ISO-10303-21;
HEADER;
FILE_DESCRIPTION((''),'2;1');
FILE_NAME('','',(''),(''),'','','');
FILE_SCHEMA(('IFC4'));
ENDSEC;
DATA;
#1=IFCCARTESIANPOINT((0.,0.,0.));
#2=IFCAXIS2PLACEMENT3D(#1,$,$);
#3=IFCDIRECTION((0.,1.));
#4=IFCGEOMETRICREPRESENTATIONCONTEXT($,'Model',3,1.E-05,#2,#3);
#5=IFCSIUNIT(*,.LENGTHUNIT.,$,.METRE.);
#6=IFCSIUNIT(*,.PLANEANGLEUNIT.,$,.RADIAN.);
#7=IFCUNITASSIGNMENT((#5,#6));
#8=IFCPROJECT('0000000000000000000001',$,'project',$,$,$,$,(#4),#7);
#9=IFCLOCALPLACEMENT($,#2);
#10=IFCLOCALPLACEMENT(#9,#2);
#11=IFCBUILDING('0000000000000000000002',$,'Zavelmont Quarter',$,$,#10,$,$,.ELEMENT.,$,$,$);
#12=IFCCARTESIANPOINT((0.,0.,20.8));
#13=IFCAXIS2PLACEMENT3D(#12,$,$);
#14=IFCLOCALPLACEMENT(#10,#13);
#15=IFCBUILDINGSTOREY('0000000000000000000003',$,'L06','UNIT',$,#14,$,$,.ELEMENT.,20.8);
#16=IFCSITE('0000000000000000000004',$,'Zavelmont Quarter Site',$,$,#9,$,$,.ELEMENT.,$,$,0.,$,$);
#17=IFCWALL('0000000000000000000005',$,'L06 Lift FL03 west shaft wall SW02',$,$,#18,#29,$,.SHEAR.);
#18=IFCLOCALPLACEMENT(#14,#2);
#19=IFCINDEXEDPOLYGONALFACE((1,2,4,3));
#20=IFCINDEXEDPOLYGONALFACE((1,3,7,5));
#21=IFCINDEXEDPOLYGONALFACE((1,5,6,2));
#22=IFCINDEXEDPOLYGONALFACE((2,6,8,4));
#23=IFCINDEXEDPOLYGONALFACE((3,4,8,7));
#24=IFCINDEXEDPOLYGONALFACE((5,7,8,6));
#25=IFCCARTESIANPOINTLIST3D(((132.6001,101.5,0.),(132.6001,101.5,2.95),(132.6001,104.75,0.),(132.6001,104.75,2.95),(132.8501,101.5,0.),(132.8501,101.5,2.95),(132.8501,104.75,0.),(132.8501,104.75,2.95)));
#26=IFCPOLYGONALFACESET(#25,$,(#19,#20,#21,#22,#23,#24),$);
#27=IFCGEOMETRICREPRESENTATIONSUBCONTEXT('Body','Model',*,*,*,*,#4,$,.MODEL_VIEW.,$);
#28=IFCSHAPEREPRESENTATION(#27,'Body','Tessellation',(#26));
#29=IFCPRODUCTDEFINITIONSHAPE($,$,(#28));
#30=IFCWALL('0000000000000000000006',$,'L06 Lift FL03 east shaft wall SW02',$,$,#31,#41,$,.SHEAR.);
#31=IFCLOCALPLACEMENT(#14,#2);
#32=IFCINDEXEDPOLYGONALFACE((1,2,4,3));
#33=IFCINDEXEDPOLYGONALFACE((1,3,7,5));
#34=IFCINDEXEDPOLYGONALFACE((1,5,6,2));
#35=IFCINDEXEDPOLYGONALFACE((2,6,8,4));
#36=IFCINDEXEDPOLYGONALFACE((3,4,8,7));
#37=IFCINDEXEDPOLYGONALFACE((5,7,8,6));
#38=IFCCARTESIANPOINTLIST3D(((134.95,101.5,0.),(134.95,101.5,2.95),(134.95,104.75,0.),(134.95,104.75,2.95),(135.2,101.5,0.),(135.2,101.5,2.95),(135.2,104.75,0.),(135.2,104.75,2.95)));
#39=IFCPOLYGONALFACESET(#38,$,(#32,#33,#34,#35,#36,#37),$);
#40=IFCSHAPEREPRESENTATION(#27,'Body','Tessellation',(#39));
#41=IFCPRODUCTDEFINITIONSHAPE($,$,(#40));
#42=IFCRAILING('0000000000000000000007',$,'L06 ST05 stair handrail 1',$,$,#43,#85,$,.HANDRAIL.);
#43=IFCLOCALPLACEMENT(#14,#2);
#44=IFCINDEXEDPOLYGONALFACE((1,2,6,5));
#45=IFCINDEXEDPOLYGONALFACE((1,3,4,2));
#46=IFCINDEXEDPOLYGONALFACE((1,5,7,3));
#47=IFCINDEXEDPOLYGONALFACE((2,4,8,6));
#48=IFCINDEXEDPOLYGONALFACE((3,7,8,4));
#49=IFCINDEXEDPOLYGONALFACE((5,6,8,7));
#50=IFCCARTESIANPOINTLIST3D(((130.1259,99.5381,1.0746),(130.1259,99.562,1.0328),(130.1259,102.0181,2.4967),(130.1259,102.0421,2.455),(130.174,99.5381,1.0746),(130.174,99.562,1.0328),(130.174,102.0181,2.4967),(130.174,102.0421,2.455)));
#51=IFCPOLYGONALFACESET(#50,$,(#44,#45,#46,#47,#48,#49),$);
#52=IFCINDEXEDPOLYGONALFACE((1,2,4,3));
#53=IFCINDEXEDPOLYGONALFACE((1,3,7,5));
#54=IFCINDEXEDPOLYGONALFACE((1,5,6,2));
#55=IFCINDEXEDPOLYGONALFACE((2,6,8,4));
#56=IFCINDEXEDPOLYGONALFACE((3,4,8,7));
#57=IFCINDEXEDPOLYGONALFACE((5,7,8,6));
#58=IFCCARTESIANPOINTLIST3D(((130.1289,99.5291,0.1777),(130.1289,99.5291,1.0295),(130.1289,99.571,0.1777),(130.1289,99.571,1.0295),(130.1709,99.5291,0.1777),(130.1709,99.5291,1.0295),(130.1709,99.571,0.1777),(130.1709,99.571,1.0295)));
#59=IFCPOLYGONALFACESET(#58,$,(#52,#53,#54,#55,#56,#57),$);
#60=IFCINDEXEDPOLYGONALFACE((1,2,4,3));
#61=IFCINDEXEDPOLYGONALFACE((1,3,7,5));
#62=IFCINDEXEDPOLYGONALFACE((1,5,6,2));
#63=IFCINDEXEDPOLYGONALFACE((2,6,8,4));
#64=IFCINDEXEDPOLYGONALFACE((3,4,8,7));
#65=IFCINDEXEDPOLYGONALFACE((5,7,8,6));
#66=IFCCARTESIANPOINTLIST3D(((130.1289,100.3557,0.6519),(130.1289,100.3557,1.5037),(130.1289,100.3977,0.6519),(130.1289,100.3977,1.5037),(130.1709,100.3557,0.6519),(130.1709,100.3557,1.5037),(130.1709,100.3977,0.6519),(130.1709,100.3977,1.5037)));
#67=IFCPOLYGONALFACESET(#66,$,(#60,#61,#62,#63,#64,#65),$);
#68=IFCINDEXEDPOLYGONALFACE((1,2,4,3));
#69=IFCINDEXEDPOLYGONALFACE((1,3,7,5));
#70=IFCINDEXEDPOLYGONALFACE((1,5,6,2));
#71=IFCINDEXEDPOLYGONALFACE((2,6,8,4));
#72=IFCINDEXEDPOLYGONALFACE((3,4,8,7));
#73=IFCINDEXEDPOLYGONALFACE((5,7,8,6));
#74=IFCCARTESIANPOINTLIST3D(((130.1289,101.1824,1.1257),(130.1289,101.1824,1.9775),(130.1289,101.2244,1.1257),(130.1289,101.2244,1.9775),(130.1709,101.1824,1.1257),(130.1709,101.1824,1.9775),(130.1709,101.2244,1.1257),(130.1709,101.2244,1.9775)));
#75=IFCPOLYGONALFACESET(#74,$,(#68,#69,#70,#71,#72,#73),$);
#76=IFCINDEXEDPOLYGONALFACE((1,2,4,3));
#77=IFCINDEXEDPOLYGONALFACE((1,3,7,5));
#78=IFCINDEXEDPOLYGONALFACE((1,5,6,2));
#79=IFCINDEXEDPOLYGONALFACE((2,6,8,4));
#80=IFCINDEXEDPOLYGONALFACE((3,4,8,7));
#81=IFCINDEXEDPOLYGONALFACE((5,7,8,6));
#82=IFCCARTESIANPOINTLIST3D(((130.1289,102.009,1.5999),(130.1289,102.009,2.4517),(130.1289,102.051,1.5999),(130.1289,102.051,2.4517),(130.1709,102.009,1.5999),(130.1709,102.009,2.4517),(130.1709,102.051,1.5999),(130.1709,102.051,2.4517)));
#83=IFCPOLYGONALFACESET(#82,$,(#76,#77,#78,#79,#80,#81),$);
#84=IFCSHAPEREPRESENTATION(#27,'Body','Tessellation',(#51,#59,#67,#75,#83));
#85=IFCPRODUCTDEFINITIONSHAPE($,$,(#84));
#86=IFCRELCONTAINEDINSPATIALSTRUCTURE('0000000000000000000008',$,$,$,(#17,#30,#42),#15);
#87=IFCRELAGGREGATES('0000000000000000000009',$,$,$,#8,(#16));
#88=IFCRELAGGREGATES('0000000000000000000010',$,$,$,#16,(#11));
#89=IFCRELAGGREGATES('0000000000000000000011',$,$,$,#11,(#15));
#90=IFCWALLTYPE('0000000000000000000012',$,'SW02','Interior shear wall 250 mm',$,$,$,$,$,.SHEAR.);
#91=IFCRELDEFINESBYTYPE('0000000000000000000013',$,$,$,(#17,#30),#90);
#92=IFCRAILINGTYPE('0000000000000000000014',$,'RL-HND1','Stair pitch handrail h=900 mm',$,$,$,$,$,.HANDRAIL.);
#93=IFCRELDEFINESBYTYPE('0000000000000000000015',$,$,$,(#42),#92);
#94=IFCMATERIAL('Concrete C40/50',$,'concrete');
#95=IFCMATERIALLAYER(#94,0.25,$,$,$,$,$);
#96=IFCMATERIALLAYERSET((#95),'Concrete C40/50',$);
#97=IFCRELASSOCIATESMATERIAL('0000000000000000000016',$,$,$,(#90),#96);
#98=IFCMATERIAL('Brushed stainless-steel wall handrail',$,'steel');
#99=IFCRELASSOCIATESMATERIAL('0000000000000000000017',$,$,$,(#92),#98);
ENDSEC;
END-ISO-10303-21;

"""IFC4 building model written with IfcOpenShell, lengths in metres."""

from ifc_helpers import new_model, si_unit, direction, frame, frame_2d, origin, origin_2d, place, context, subcontext, project, spatial, rectangle, extrude, material, layer, layer_set, type_object, element, save


model = new_model("IFC4")

# Units and contexts
model_context = context("Model", 3, precision=1e-05, world=origin(), true_north=direction((0.0, 1.0)))
body_context = subcontext(model_context, "Body", "Model", "MODEL_VIEW")
ifc_project = project(units=[si_unit("LENGTHUNIT", "METRE"), si_unit("PLANEANGLEUNIT", "RADIAN")], contexts=[model_context])

# Site, building, storey
site_placement = place(None, origin())
site = spatial("IfcSite", under=ifc_project, at=site_placement, Name="Zavelmont Quarter Site", CompositionType="ELEMENT", RefElevation=0.0)
building_placement = place(site_placement, origin())
building = spatial("IfcBuilding", under=site, at=building_placement, Name="Zavelmont Quarter", CompositionType="ELEMENT")
storey_placement = place(building_placement, frame((0.0, 0.0, 20.8)))
storey = spatial("IfcBuildingStorey", under=building, at=storey_placement, Name="L06", Description="UNIT", CompositionType="ELEMENT", Elevation=20.8)

# Shared definitions
ifc_material_1 = material(Name="Concrete C40/50", Category="concrete")

# Shared definitions
ifc_layer_1 = layer(ifc_material_1, 0.25)
ifc_layer_set_1 = layer_set([ifc_layer_1], Name="Concrete C40/50")
wall_type_1 = type_object("IfcWallType", Name="SW02", Description="Interior shear wall 250 mm", PredefinedType="SHEAR", material=ifc_layer_set_1)

# Walls
for number, where, z_axis, x_axis, name in (
    (1, (132.7251, 101.5, 0.0), (0.0, 0.0, 1.0), (0.0, 1.0, 0.0), "L06 Lift FL03 west shaft wall SW02"),
    (2, (135.075, 101.5, 0.0), (0.0, 0.0, 1.0), (0.0, 1.0, 0.0), "L06 Lift FL03 east shaft wall SW02"),
):
    element("IfcWall", number, at=place(storey_placement, frame(where, z_axis=z_axis, x_axis=x_axis)), inside=storey, type_object=wall_type_1, Name=name, PredefinedType="SHEAR", context=body_context, shape_type="SweptSolid", body=[
        extrude(rectangle(XDim=3.25, YDim=0.25, at=frame_2d((1.625, 0.0))), origin(), (0.0, 0.0, 1.0), 2.95),
    ])

# Railing
ifc_material_2 = material(Name="Brushed stainless-steel wall handrail", Category="steel")
railing_type = type_object("IfcRailingType", Name="RL-HND1", Description="Stair pitch handrail h=900 mm", PredefinedType="HANDRAIL", material=ifc_material_2)
railing_placement = place(storey_placement, frame((130.1499, 99.55, 0.1777)))
element("IfcRailing", 3, at=railing_placement, inside=storey, type_object=railing_type, Name="L06 ST05 stair handrail 1", PredefinedType="HANDRAIL", context=body_context, shape_type="SweptSolid", body=[
    extrude(rectangle(XDim=0.0481, YDim=0.0481, at=origin_2d()), frame((0.0, 0.0, 0.876), z_axis=(0.0, 0.867491, 0.497454), x_axis=(-1.0, 0.0, 0.0)), (0.0, 0.0, 1.0), 2.8589),
    extrude(rectangle(XDim=0.042, YDim=0.042, at=origin_2d()), origin(), (0.0, 0.0, 1.0), 0.8518),
    extrude(rectangle(XDim=0.042, YDim=0.042, at=origin_2d()), frame((0.0, 0.8267, 0.4741)), (0.0, 0.0, 1.0), 0.8518),
    extrude(rectangle(XDim=0.042, YDim=0.042, at=origin_2d()), frame((0.0, 1.6533, 0.948)), (0.0, 0.0, 1.0), 0.8518),
    extrude(rectangle(XDim=0.042, YDim=0.042, at=origin_2d()), frame((0.0, 2.48, 1.4221)), (0.0, 0.0, 1.0), 0.8518),
])

save(model, "model.ifc")
